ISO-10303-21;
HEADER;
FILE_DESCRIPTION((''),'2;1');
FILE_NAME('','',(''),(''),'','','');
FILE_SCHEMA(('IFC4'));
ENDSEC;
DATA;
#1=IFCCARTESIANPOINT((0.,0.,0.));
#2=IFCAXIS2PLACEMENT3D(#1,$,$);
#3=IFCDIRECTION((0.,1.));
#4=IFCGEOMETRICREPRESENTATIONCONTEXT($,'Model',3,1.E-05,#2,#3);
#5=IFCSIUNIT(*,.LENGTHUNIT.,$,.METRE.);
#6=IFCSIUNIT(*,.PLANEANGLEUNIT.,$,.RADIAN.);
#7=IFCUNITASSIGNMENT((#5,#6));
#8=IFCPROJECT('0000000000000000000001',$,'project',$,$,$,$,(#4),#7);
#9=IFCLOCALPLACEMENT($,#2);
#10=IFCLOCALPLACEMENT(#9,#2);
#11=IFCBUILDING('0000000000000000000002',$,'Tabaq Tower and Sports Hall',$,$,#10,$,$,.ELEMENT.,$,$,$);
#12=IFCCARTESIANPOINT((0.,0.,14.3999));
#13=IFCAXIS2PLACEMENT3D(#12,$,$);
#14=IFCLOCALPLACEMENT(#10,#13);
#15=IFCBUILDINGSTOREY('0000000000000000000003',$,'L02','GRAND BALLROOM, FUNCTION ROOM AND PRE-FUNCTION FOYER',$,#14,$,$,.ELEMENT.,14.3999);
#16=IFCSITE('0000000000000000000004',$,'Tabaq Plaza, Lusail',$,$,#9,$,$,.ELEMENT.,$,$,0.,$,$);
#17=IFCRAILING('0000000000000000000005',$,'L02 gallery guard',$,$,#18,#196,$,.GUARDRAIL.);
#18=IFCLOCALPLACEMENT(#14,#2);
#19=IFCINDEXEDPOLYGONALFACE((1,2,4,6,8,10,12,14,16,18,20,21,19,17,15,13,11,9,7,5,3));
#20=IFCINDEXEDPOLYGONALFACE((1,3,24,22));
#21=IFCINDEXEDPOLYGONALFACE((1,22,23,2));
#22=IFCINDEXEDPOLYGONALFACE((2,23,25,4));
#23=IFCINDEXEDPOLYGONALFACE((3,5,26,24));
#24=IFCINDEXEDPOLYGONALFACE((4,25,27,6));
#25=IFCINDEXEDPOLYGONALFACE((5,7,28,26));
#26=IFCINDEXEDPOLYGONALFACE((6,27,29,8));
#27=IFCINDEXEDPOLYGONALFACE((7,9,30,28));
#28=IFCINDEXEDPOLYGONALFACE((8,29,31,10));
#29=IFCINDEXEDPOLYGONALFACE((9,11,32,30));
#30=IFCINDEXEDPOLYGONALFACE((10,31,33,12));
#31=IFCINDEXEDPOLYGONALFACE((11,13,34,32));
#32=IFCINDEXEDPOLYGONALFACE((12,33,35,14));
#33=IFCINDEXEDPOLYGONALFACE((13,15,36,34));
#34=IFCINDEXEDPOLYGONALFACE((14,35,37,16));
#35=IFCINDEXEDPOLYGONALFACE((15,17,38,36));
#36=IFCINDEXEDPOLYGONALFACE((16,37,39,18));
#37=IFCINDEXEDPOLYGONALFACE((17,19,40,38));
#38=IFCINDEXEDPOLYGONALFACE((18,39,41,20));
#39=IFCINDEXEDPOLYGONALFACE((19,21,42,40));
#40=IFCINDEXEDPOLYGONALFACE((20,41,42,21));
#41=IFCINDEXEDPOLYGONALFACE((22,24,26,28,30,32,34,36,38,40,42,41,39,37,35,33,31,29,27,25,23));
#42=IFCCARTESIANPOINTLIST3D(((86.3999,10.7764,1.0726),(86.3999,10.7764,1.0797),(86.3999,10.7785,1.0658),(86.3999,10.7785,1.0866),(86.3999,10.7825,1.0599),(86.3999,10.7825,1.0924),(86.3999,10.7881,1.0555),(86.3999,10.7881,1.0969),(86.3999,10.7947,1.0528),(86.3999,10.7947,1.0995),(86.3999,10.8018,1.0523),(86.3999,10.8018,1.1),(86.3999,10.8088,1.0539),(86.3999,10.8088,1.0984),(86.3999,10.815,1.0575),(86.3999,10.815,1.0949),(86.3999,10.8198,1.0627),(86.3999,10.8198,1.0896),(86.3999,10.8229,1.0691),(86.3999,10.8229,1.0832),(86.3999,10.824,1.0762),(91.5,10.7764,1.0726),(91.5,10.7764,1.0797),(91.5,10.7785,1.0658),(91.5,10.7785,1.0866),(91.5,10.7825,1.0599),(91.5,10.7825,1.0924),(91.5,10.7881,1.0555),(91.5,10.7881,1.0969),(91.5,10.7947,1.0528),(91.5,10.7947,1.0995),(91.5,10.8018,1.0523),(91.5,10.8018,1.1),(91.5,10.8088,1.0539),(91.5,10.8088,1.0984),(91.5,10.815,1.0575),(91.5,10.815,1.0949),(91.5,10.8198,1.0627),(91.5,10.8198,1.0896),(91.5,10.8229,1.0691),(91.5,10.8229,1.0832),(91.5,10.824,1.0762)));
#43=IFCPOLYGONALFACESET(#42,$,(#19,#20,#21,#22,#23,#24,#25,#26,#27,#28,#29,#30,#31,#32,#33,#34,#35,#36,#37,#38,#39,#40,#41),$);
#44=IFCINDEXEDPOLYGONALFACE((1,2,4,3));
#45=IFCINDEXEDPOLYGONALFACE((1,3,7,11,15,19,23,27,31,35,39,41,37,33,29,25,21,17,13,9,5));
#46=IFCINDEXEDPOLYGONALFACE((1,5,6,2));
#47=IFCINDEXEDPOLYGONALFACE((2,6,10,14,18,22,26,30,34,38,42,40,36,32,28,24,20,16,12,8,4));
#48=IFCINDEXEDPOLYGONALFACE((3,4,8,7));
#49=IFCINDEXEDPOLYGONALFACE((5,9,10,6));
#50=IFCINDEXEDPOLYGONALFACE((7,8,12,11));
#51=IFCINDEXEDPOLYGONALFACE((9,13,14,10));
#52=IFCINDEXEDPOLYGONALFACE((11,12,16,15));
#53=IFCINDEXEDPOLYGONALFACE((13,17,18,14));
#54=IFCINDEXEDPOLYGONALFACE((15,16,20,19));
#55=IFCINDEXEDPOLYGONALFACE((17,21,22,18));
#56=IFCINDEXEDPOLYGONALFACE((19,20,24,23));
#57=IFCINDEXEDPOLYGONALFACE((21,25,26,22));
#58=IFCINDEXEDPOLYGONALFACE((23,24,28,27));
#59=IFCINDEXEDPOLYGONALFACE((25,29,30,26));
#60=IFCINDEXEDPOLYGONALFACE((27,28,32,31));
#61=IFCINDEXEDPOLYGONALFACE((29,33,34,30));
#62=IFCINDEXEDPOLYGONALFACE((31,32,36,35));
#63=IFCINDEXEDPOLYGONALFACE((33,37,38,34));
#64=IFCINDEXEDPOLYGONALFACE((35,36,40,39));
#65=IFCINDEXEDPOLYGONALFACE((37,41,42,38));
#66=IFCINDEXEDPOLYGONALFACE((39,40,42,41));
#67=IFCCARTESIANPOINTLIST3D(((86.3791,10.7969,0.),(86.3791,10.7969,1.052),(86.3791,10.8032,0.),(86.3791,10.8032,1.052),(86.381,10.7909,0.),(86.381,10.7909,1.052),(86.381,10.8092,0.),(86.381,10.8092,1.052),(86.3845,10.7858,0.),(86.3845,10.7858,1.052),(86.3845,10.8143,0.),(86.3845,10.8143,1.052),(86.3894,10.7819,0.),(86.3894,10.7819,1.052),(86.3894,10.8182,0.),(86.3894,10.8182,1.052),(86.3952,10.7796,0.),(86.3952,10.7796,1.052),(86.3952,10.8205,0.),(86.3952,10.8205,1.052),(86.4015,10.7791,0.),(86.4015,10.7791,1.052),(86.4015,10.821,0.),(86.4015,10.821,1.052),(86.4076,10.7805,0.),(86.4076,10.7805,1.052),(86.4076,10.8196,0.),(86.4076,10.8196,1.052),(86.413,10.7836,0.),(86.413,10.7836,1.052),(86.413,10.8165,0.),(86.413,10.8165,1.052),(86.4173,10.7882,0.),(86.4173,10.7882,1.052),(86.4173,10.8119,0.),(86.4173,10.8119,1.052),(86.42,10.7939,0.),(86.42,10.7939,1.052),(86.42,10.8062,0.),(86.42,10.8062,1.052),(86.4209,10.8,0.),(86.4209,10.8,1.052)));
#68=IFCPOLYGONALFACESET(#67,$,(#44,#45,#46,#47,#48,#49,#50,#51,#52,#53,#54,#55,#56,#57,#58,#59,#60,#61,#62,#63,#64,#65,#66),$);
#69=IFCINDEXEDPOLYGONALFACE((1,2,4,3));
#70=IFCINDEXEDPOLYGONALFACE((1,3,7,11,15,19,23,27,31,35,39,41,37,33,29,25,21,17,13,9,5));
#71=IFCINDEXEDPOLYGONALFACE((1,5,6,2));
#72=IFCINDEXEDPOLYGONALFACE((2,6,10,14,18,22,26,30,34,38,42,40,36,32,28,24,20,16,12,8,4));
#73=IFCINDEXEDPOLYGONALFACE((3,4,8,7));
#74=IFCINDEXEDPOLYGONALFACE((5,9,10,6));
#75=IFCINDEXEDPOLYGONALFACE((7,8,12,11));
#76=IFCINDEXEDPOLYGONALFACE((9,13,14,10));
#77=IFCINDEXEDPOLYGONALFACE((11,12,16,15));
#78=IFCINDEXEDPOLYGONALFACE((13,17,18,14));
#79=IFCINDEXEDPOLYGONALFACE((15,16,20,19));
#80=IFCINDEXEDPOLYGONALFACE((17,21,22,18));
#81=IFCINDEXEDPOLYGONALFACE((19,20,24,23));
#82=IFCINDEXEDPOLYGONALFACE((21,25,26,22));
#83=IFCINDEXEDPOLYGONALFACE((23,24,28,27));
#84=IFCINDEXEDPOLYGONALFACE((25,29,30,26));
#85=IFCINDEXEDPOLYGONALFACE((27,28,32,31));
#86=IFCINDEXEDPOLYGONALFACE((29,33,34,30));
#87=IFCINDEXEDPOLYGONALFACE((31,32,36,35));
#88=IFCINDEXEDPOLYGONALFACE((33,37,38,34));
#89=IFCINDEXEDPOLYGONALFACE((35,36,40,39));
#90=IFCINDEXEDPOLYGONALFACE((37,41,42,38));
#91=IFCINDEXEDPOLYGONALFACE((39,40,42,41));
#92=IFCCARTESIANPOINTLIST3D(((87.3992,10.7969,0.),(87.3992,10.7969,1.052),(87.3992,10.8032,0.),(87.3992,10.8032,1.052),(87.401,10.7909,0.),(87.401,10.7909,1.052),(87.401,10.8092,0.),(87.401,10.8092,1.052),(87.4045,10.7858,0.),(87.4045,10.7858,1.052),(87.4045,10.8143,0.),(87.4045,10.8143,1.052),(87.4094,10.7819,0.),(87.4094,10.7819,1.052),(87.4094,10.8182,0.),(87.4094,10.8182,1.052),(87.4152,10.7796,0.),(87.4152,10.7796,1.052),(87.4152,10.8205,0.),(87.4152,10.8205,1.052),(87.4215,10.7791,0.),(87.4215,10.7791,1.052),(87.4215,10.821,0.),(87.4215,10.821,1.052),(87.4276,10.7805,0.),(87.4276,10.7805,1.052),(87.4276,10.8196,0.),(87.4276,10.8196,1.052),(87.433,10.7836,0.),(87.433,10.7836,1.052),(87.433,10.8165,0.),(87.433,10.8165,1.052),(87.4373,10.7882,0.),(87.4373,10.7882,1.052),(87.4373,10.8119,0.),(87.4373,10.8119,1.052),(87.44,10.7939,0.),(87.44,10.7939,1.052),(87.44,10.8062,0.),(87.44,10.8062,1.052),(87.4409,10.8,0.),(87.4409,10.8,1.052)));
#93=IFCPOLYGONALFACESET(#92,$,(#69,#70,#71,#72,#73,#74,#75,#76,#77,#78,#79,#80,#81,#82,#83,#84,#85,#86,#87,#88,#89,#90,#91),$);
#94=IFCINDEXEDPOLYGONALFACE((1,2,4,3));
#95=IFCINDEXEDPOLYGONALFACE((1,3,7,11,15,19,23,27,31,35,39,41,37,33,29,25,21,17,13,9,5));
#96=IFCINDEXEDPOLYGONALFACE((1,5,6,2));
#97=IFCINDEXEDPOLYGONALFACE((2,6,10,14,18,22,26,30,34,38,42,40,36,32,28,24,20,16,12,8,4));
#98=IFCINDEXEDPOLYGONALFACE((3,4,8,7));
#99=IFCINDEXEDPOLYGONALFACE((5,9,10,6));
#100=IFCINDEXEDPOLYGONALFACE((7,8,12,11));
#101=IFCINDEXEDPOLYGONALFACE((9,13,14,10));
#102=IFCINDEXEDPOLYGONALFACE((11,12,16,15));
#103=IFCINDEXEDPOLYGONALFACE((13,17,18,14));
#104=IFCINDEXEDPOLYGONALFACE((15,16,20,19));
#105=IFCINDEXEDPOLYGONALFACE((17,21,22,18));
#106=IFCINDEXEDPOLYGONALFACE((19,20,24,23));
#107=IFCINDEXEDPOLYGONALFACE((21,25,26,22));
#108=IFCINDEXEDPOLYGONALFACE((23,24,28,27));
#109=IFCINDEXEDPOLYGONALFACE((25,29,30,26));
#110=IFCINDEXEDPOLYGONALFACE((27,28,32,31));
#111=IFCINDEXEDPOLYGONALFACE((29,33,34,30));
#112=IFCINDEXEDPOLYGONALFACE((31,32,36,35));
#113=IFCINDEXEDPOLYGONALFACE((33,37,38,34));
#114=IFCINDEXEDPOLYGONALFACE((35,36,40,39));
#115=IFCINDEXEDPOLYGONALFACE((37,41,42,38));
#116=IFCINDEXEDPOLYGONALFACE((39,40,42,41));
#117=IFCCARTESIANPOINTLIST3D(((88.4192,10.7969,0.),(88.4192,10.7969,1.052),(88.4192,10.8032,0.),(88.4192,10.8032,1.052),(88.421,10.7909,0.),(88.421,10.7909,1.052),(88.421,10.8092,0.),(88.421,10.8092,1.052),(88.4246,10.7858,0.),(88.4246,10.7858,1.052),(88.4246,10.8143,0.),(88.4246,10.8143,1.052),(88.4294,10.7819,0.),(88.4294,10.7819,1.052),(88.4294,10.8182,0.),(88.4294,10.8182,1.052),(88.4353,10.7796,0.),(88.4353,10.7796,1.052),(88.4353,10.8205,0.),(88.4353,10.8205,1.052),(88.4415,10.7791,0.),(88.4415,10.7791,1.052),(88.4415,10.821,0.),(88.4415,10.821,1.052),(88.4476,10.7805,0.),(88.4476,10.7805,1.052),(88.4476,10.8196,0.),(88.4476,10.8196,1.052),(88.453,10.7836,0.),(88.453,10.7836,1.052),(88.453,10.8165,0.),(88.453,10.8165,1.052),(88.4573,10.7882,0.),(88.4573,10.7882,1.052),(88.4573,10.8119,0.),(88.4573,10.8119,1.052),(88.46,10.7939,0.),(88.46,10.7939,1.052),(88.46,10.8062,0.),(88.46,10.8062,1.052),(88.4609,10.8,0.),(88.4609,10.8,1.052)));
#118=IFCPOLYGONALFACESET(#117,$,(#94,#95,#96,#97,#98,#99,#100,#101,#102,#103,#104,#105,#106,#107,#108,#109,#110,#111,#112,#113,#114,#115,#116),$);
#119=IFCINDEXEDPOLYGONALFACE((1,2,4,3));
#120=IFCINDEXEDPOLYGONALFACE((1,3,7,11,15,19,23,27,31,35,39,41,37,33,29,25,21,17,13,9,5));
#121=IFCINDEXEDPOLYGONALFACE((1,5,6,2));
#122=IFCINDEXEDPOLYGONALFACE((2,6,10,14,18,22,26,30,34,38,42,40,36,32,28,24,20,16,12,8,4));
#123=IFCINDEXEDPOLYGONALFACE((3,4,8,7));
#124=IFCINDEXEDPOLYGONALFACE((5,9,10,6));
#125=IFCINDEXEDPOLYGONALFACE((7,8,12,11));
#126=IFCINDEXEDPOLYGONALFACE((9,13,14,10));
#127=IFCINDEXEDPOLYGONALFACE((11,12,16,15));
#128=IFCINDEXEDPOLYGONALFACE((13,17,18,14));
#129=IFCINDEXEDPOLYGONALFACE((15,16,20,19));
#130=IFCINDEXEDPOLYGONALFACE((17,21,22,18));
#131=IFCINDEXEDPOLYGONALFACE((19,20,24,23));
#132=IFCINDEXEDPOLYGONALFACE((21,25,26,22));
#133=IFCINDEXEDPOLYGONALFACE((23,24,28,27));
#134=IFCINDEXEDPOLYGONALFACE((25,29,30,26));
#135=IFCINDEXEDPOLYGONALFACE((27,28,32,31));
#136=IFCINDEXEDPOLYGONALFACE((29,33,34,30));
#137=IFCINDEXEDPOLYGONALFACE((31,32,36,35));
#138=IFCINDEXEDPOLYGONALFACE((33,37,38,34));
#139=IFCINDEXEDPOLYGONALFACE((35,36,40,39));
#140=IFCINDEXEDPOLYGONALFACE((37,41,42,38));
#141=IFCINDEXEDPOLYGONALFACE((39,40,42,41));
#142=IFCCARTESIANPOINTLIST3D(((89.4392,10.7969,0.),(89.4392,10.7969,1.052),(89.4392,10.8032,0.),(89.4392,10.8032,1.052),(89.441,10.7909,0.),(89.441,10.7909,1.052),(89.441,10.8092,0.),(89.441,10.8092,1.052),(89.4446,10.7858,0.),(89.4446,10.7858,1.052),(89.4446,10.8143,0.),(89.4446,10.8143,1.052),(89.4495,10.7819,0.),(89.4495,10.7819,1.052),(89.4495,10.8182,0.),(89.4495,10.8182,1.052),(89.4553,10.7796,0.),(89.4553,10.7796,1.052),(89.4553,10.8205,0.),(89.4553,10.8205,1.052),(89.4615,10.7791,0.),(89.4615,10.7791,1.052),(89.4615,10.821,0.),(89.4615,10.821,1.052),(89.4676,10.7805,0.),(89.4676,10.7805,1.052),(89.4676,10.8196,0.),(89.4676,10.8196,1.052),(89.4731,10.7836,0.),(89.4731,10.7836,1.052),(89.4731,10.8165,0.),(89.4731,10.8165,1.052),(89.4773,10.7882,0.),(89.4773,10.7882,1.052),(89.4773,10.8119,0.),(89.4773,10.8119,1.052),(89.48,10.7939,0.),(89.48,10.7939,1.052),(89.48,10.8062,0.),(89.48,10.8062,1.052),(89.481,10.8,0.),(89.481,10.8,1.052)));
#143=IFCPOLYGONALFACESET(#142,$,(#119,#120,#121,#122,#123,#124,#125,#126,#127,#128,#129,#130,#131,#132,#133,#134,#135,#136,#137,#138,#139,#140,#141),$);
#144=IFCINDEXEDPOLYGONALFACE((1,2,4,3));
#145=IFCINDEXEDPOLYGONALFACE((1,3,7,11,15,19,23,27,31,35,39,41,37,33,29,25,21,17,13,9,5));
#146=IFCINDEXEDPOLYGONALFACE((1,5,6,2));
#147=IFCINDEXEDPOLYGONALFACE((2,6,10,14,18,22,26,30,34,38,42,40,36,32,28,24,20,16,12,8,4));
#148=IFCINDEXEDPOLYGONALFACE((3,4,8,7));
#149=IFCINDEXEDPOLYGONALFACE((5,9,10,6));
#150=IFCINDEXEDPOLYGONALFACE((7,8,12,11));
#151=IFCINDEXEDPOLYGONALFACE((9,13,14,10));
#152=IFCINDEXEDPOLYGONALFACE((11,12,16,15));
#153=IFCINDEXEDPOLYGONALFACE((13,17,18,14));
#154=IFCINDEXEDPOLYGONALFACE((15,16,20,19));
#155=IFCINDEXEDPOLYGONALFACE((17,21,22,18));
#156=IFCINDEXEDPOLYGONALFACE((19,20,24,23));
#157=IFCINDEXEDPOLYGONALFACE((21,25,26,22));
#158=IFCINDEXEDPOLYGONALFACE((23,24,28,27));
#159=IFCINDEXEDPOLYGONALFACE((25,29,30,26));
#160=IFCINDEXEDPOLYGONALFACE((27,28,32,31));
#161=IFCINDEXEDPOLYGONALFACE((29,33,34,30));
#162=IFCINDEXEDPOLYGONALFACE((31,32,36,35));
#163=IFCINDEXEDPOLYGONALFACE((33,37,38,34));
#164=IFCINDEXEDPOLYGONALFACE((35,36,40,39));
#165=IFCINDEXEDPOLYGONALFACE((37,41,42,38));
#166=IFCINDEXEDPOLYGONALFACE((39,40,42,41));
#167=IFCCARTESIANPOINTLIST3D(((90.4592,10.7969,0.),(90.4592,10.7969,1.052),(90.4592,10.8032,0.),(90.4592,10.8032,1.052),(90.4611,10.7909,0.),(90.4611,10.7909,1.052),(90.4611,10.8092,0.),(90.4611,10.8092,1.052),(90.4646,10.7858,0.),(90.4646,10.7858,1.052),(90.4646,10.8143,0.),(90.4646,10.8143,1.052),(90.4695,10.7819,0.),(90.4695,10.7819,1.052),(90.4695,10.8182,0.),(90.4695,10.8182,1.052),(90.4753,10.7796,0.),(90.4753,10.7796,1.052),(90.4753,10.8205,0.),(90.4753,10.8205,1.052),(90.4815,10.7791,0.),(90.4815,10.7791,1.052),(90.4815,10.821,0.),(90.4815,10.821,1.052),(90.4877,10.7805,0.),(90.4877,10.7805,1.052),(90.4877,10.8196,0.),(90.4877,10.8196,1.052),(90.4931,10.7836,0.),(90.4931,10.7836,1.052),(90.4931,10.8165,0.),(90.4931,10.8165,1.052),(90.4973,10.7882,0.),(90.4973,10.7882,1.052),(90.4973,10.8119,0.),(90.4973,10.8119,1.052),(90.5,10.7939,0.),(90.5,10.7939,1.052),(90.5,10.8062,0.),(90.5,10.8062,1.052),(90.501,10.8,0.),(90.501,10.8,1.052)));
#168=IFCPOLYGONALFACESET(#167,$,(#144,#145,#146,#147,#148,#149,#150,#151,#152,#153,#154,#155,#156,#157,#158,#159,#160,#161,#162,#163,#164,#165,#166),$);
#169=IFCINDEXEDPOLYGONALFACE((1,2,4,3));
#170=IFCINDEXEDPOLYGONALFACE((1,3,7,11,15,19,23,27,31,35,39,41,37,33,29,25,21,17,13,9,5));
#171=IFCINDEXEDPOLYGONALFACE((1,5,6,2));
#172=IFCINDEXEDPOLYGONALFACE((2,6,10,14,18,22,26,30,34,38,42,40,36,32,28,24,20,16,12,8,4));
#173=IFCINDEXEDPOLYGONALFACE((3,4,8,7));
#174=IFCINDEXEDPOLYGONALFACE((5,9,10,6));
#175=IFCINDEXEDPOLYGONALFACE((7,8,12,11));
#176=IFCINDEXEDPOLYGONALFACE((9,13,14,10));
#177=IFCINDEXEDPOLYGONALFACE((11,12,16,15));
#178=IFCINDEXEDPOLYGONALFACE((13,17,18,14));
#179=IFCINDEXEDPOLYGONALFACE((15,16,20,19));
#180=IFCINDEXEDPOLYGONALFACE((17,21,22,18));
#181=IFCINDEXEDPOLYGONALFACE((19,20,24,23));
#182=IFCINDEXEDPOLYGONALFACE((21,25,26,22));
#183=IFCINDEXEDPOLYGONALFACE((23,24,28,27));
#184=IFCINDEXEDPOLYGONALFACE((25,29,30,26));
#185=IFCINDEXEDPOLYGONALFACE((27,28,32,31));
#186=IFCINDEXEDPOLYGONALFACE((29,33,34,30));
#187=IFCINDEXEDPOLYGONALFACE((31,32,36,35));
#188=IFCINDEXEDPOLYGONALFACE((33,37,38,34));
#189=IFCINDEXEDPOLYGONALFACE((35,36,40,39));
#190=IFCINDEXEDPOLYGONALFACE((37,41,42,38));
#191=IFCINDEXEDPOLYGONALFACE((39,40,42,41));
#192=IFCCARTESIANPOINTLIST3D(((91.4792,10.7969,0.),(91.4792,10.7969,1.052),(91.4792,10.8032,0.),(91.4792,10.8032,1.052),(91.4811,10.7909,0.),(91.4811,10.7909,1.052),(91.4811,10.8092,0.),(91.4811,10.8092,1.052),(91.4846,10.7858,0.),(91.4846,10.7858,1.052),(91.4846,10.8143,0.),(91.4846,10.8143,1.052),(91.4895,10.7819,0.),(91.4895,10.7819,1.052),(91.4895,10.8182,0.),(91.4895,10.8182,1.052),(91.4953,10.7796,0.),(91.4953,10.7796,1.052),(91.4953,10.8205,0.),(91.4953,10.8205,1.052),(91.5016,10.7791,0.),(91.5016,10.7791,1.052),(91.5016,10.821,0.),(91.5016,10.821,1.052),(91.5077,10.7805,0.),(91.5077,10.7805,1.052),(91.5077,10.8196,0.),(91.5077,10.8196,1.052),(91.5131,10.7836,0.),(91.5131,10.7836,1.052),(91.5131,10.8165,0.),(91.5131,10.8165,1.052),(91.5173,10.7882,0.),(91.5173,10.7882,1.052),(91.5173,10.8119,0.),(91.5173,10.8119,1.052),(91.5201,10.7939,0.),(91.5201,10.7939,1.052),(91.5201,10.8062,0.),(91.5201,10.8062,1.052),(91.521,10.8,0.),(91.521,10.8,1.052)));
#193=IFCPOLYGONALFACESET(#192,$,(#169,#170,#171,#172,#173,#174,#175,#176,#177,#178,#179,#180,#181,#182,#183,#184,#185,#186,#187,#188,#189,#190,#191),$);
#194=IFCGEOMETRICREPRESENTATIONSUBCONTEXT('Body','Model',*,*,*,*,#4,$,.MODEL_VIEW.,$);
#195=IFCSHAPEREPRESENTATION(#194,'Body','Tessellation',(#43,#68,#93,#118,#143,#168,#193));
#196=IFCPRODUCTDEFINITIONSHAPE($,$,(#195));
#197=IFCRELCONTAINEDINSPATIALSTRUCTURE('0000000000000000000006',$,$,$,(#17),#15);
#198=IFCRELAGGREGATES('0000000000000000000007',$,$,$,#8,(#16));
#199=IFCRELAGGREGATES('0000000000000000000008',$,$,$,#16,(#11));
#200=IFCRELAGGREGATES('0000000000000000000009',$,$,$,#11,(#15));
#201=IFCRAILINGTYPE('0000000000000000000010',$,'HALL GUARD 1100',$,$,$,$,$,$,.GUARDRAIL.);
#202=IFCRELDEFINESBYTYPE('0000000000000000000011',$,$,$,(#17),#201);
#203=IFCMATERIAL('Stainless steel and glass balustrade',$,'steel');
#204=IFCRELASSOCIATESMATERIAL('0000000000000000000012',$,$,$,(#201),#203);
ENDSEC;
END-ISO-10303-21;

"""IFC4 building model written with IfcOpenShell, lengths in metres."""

from ifc_helpers import new_model, si_unit, direction, frame, origin, origin_2d, place, context, subcontext, project, spatial, circle, extrude, material, type_object, element, save


model = new_model("IFC4")

# Units and contexts
model_context = context("Model", 3, precision=1e-05, world=origin(), true_north=direction((0.0, 1.0)))
body_context = subcontext(model_context, "Body", "Model", "MODEL_VIEW")
ifc_project = project(units=[si_unit("LENGTHUNIT", "METRE"), si_unit("PLANEANGLEUNIT", "RADIAN")], contexts=[model_context])

# Site, building, storey
site_placement = place(None, origin())
site = spatial("IfcSite", under=ifc_project, at=site_placement, Name="Tabaq Plaza, Lusail", CompositionType="ELEMENT", RefElevation=0.0)
building_placement = place(site_placement, origin())
building = spatial("IfcBuilding", under=site, at=building_placement, Name="Tabaq Tower and Sports Hall", CompositionType="ELEMENT")
storey_placement = place(building_placement, frame((0.0, 0.0, 14.3999)))
storey = spatial("IfcBuildingStorey", under=building, at=storey_placement, Name="L02", Description="GRAND BALLROOM, FUNCTION ROOM AND PRE-FUNCTION FOYER", CompositionType="ELEMENT", Elevation=14.3999)

# Railing
ifc_material_1 = material(Name="Stainless steel and glass balustrade", Category="steel")
railing_type = type_object("IfcRailingType", Name="HALL GUARD 1100", PredefinedType="GUARDRAIL", material=ifc_material_1)
for number, where, name in (
    (1, (86.3999, 10.8, 0.0), "L02 gallery guard"),
):
    element("IfcRailing", number, at=place(storey_placement, frame(where)), inside=storey, type_object=railing_type, Name=name, PredefinedType="GUARDRAIL", context=body_context, shape_type="SweptSolid", body=[
        extrude(circle(Radius=0.0239, at=origin_2d()), frame((0.0, 0.0, 1.0762), z_axis=(1.0, 0.0, 0.0), x_axis=(0.0, 1.0, 0.0)), (0.0, 0.0, 1.0), 5.1001),
        extrude(circle(Radius=0.021, at=origin_2d()), origin(), (0.0, 0.0, 1.0), 1.052),
        extrude(circle(Radius=0.021, at=origin_2d()), frame((1.02, 0.0, 0.0)), (0.0, 0.0, 1.0), 1.052),
        extrude(circle(Radius=0.021, at=origin_2d()), frame((2.04, 0.0, 0.0)), (0.0, 0.0, 1.0), 1.052),
        extrude(circle(Radius=0.021, at=origin_2d()), frame((3.0601, 0.0, 0.0)), (0.0, 0.0, 1.0), 1.052),
        extrude(circle(Radius=0.021, at=origin_2d()), frame((4.0801, 0.0, 0.0)), (0.0, 0.0, 1.0), 1.052),
        extrude(circle(Radius=0.021, at=origin_2d()), frame((5.1001, 0.0, 0.0)), (0.0, 0.0, 1.0), 1.052),
    ])

save(model, "model.ifc")
